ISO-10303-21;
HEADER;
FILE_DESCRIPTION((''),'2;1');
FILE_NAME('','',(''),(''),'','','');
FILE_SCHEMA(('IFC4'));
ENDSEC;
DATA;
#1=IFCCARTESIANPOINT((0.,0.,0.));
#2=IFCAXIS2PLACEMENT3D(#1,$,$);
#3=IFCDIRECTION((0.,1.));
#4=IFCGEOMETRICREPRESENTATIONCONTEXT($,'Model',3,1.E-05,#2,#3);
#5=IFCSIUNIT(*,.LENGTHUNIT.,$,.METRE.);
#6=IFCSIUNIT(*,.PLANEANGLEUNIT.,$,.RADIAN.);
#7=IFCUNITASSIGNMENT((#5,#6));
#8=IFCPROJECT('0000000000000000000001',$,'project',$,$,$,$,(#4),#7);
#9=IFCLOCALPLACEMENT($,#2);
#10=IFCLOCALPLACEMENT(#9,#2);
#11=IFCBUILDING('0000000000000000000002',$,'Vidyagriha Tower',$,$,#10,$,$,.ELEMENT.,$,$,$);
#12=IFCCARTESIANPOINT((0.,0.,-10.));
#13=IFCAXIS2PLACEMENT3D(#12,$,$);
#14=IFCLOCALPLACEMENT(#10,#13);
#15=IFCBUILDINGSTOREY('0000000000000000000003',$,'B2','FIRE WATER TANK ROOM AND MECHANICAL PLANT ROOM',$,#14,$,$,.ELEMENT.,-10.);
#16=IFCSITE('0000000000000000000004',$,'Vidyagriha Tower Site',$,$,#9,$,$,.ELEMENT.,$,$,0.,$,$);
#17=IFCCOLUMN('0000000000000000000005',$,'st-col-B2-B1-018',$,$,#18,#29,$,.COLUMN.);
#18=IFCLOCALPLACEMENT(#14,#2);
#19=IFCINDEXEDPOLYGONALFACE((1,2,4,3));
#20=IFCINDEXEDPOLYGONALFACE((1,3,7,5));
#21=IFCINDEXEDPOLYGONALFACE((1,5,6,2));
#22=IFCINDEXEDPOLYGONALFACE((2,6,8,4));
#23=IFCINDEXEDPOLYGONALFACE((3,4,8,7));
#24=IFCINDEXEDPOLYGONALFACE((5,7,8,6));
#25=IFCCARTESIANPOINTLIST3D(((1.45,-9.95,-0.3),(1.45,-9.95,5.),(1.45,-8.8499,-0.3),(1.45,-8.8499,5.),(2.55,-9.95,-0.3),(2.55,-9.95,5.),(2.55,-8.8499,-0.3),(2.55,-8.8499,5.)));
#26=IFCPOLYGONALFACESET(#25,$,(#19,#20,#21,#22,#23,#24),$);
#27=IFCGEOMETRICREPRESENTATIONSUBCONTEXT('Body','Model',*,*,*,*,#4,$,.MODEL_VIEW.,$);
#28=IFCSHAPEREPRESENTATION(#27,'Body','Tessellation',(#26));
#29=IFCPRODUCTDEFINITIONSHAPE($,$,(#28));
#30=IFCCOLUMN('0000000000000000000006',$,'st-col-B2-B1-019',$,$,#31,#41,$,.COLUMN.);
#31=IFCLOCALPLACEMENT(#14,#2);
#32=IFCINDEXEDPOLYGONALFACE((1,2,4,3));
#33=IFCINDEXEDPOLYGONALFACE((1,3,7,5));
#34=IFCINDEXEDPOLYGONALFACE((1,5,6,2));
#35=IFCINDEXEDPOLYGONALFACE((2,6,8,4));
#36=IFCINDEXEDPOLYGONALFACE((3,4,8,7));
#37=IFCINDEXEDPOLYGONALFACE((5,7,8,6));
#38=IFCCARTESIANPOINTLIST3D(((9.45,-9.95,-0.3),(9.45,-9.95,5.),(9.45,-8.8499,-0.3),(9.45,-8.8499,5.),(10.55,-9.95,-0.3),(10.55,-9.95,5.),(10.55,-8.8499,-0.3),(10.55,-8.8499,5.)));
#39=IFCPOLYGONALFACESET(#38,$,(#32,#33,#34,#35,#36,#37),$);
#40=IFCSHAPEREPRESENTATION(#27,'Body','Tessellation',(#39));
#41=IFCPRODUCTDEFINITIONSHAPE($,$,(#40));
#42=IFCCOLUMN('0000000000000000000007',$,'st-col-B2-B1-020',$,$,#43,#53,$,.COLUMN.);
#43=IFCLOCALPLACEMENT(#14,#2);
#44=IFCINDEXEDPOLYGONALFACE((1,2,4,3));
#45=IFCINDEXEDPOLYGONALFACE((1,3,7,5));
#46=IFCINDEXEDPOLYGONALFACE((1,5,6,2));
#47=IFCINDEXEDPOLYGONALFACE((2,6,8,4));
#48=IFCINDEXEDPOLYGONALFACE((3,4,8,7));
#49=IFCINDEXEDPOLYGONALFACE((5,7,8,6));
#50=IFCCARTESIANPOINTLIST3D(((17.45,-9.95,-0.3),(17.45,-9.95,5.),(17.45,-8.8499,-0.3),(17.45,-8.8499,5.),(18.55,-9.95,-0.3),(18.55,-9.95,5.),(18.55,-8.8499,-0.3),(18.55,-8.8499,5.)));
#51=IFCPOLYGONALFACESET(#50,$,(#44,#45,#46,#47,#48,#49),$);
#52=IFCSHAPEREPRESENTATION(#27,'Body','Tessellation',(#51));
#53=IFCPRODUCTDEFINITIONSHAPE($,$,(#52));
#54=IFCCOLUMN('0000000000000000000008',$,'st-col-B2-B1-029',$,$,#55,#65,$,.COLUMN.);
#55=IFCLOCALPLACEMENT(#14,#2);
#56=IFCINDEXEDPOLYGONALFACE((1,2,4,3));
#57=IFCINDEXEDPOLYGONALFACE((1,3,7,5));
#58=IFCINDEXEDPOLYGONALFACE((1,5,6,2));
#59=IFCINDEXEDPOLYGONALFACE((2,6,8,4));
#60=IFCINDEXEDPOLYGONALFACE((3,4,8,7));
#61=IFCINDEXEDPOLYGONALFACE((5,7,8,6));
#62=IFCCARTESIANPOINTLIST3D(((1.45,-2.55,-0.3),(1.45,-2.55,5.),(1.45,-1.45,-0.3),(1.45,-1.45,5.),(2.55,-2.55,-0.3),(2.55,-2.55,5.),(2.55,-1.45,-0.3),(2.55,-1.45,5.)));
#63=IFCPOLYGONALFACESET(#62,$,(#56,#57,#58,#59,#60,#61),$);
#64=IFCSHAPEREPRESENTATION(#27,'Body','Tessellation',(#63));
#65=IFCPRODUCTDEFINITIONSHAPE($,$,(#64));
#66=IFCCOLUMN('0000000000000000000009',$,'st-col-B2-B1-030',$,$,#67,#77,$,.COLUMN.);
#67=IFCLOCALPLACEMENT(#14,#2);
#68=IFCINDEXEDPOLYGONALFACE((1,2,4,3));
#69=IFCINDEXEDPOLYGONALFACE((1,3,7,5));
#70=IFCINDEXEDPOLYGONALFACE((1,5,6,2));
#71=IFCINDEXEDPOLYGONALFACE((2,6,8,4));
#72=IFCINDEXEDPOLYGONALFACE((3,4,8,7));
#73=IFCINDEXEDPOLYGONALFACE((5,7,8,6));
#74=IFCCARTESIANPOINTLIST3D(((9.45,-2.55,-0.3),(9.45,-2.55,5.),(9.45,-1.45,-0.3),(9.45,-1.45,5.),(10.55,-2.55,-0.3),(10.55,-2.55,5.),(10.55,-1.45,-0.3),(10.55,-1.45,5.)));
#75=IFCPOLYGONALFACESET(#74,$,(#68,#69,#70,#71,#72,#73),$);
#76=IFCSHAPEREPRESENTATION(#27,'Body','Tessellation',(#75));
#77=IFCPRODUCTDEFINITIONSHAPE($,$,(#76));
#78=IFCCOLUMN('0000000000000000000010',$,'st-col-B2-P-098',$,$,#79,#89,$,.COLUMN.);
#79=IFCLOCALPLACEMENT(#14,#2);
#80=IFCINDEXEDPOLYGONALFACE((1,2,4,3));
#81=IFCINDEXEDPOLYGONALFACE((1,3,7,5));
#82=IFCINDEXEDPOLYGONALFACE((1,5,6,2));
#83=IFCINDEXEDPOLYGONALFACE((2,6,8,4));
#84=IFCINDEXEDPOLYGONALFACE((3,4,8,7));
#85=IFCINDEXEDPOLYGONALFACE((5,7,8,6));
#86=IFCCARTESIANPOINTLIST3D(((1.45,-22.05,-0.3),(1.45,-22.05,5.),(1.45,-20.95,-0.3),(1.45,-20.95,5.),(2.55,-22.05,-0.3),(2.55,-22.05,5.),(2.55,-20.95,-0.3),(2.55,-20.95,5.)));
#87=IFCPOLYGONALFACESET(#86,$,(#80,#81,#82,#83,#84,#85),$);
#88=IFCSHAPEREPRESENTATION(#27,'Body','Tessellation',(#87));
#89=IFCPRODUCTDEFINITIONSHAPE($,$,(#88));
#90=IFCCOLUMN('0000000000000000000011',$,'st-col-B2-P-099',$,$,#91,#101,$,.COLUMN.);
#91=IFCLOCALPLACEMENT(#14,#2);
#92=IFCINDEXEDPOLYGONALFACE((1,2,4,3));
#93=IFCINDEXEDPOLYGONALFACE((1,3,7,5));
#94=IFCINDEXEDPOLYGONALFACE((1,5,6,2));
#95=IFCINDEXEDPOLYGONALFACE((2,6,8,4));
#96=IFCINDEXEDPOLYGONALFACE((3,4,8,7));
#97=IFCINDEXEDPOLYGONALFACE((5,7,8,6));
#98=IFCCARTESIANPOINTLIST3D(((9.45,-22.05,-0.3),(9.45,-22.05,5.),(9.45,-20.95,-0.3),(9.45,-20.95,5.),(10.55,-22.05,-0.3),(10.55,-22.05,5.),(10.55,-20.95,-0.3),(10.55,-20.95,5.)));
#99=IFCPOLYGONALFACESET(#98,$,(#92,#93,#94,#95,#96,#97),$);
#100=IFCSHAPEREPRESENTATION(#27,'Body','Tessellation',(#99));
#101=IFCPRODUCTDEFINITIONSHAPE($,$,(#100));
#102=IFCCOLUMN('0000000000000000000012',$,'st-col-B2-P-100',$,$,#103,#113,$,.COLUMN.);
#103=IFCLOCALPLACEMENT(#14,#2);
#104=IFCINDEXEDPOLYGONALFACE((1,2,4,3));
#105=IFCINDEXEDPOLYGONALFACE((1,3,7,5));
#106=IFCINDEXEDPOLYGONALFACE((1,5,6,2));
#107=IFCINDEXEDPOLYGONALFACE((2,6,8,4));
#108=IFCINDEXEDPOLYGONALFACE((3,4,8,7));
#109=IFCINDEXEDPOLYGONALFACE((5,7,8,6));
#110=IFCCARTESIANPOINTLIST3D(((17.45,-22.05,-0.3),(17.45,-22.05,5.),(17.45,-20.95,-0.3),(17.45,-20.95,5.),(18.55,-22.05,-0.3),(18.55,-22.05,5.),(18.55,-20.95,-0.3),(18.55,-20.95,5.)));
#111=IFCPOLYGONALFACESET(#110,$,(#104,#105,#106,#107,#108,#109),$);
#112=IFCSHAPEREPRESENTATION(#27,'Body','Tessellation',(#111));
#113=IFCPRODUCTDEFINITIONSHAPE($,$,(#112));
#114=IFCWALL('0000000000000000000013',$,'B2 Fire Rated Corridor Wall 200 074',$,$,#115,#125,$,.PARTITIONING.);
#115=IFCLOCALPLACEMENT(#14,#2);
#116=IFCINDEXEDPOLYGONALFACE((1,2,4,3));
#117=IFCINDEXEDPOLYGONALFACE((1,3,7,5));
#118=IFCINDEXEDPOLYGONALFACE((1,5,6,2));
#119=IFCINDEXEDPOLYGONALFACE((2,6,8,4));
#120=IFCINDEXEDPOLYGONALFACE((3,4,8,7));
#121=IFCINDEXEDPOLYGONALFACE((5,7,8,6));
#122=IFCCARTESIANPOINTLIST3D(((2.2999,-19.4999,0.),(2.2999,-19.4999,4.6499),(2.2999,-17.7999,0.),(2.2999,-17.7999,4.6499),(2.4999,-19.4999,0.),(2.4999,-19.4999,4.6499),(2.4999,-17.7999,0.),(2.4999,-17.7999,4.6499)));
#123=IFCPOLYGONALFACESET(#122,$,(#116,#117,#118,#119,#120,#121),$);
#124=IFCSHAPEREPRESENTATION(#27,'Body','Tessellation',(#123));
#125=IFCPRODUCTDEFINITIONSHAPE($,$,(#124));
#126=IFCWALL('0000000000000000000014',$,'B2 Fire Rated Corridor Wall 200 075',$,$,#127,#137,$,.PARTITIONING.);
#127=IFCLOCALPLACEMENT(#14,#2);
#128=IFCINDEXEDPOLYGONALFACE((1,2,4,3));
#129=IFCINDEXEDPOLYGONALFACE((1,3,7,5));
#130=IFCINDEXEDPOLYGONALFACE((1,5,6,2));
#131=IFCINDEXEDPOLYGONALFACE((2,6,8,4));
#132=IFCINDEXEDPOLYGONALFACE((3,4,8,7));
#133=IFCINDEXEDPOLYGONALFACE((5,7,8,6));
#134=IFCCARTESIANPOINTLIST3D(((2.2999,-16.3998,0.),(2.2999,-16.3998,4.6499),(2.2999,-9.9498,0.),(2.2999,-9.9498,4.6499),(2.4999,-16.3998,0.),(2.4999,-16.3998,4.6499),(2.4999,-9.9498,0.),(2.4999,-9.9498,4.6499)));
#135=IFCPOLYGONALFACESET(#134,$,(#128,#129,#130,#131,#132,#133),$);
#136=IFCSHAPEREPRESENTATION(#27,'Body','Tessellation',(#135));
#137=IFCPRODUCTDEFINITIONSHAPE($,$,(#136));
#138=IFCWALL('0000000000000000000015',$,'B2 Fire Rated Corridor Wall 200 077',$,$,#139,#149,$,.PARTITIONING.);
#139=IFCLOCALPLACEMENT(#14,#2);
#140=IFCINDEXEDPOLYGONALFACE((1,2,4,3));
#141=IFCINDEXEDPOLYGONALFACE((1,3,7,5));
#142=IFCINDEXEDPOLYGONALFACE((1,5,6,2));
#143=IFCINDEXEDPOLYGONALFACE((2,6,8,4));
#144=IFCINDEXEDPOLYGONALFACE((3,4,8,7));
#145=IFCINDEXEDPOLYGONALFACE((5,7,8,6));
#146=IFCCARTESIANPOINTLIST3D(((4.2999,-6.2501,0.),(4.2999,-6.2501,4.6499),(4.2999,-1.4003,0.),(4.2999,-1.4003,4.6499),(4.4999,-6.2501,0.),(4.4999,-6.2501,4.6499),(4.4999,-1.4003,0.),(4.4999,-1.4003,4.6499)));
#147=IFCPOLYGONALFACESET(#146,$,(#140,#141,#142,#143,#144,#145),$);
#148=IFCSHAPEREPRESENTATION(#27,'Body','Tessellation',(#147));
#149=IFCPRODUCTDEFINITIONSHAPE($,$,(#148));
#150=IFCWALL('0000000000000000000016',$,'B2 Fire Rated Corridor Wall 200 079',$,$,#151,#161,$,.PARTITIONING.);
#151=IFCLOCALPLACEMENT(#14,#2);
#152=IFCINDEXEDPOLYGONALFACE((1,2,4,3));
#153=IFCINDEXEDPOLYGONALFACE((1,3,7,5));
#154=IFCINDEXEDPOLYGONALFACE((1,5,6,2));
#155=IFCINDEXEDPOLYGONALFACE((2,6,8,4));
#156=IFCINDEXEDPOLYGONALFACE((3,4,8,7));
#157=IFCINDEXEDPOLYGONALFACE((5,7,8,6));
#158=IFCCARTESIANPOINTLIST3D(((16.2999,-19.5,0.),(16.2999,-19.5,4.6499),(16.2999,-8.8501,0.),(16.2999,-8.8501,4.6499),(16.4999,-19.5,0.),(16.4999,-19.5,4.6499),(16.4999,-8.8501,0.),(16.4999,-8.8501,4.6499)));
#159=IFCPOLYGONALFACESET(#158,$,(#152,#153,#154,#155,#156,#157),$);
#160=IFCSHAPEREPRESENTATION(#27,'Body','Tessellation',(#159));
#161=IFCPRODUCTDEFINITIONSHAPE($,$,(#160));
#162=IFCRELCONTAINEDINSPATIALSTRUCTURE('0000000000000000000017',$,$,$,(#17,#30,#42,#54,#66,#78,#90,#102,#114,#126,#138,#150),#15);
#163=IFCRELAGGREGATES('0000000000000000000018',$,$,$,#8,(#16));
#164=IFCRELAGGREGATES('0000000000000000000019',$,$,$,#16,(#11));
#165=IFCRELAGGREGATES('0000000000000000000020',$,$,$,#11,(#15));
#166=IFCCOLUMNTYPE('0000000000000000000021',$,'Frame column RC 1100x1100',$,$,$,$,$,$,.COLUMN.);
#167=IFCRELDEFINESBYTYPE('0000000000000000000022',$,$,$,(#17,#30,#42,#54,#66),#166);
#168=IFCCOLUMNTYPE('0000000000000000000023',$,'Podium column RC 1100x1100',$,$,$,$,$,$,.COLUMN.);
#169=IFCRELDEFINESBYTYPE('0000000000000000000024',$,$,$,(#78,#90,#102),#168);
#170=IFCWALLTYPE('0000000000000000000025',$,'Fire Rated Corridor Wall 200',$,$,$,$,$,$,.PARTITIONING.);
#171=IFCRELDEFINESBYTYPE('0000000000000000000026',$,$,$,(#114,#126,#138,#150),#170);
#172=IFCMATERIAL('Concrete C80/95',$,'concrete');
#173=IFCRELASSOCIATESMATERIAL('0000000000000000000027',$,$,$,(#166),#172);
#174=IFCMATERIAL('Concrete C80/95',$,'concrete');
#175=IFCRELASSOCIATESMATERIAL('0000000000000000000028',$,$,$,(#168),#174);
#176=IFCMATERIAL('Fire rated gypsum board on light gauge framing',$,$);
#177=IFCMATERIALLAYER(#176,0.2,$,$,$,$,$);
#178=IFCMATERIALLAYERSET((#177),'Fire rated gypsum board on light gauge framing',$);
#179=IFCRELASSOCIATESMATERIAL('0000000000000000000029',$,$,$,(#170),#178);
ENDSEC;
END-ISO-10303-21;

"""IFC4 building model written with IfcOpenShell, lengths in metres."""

from ifc_helpers import new_model, si_unit, direction, frame, frame_2d, origin, origin_2d, place, context, subcontext, project, spatial, rectangle, extrude, material, layer, layer_set, material_profile, profile_set, type_object, element, save


model = new_model("IFC4")

# Units and contexts
model_context = context("Model", 3, precision=1e-05, world=origin(), true_north=direction((0.0, 1.0)))
body_context = subcontext(model_context, "Body", "Model", "MODEL_VIEW")
ifc_project = project(units=[si_unit("LENGTHUNIT", "METRE"), si_unit("PLANEANGLEUNIT", "RADIAN")], contexts=[model_context])

# Site, building, storey
site_placement = place(None, origin())
site = spatial("IfcSite", under=ifc_project, at=site_placement, Name="Vidyagriha Tower Site", CompositionType="ELEMENT", RefElevation=0.0)
building_placement = place(site_placement, origin())
building = spatial("IfcBuilding", under=site, at=building_placement, Name="Vidyagriha Tower", CompositionType="ELEMENT")
storey_placement = place(building_placement, frame((0.0, 0.0, -10.0)))
storey = spatial("IfcBuildingStorey", under=building, at=storey_placement, Name="B2", Description="FIRE WATER TANK ROOM AND MECHANICAL PLANT ROOM", CompositionType="ELEMENT", Elevation=-10.0)

# Columns
ifc_material_1 = material(Name="Concrete C80/95", Category="concrete")
ifc_material_profile_1 = material_profile(ifc_material_1, rectangle(XDim=1.1001, YDim=1.1001, at=origin_2d()), Name="RC 1100x1100")
ifc_profile_set_1 = profile_set([ifc_material_profile_1], Name="Concrete C80/95")
column_type_1 = type_object("IfcColumnType", Name="Frame column RC 1100x1100", PredefinedType="COLUMN", material=ifc_profile_set_1)
for number, where, name in (
    (1, (2.0, -9.3999, -0.3), "st-col-B2-B1-018"),
    (2, (10.0, -9.3999, -0.3), "st-col-B2-B1-019"),
    (3, (18.0, -9.3999, -0.3), "st-col-B2-B1-020"),
    (4, (2.0, -2.0, -0.3), "st-col-B2-B1-029"),
    (5, (10.0, -2.0, -0.3), "st-col-B2-B1-030"),
):
    element("IfcColumn", number, at=place(storey_placement, frame(where)), inside=storey, type_object=column_type_1, Name=name, PredefinedType="COLUMN", context=body_context, shape_type="SweptSolid", body=[
        extrude(rectangle(XDim=1.1001, YDim=1.1001, at=origin_2d()), origin(), (0.0, 0.0, 1.0), 5.3),
    ])
ifc_material_2 = material(Name="Concrete C80/95", Category="concrete")
ifc_material_profile_2 = material_profile(ifc_material_2, rectangle(XDim=1.1001, YDim=1.1001, at=origin_2d()), Name="RC 1100x1100")
ifc_profile_set_2 = profile_set([ifc_material_profile_2], Name="Concrete C80/95")
column_type_2 = type_object("IfcColumnType", Name="Podium column RC 1100x1100", PredefinedType="COLUMN", material=ifc_profile_set_2)
for number, where, name in (
    (6, (2.0, -21.5, -0.3), "st-col-B2-P-098"),
    (7, (10.0, -21.5, -0.3), "st-col-B2-P-099"),
    (8, (18.0, -21.5, -0.3), "st-col-B2-P-100"),
):
    element("IfcColumn", number, at=place(storey_placement, frame(where)), inside=storey, type_object=column_type_2, Name=name, PredefinedType="COLUMN", context=body_context, shape_type="SweptSolid", body=[
        extrude(rectangle(XDim=1.1001, YDim=1.1001, at=origin_2d()), origin(), (0.0, 0.0, 1.0), 5.3),
    ])

# Walls
ifc_material_3 = material(Name="Fire rated gypsum board on light gauge framing")
ifc_layer = layer(ifc_material_3, 0.2)
ifc_layer_set = layer_set([ifc_layer], Name="Fire rated gypsum board on light gauge framing")
wall_type = type_object("IfcWallType", Name="Fire Rated Corridor Wall 200", PredefinedType="PARTITIONING", material=ifc_layer_set)
wall_1_placement = place(storey_placement, frame((2.3999, -19.5, 0.0), z_axis=(0.0, 0.0, 1.0), x_axis=(0.0, 1.0, 0.0)))
element("IfcWall", 9, at=wall_1_placement, inside=storey, type_object=wall_type, Name="B2 Fire Rated Corridor Wall 200 074", PredefinedType="PARTITIONING", context=body_context, shape_type="SweptSolid", body=[
    extrude(rectangle(XDim=1.7, YDim=0.2, at=frame_2d((0.8501, 0.0))), origin(), (0.0, 0.0, 1.0), 4.6499),
])
wall_2_placement = place(storey_placement, frame((2.3999, -16.3999, 0.0), z_axis=(0.0, 0.0, 1.0), x_axis=(0.0, 1.0, 0.0)))
element("IfcWall", 10, at=wall_2_placement, inside=storey, type_object=wall_type, Name="B2 Fire Rated Corridor Wall 200 075", PredefinedType="PARTITIONING", context=body_context, shape_type="SweptSolid", body=[
    extrude(rectangle(XDim=6.45, YDim=0.2, at=frame_2d((3.2251, 0.0))), origin(), (0.0, 0.0, 1.0), 4.6499),
])
wall_3_placement = place(storey_placement, frame((4.3999, -6.25, 0.0), z_axis=(0.0, 0.0, 1.0), x_axis=(0.0, 1.0, 0.0)))
element("IfcWall", 11, at=wall_3_placement, inside=storey, type_object=wall_type, Name="B2 Fire Rated Corridor Wall 200 077", PredefinedType="PARTITIONING", context=body_context, shape_type="SweptSolid", body=[
    extrude(rectangle(XDim=4.8499, YDim=0.2, at=frame_2d((2.4248, 0.0))), origin(), (0.0, 0.0, 1.0), 4.6499),
])
wall_4_placement = place(storey_placement, frame((16.3999, -19.5, 0.0), z_axis=(0.0, 0.0, 1.0), x_axis=(0.0, 1.0, 0.0)))
element("IfcWall", 12, at=wall_4_placement, inside=storey, type_object=wall_type, Name="B2 Fire Rated Corridor Wall 200 079", PredefinedType="PARTITIONING", context=body_context, shape_type="SweptSolid", body=[
    extrude(rectangle(XDim=10.6499, YDim=0.2, at=frame_2d((5.325, 0.0))), origin(), (0.0, 0.0, 1.0), 4.6499),
])

save(model, "model.ifc")
